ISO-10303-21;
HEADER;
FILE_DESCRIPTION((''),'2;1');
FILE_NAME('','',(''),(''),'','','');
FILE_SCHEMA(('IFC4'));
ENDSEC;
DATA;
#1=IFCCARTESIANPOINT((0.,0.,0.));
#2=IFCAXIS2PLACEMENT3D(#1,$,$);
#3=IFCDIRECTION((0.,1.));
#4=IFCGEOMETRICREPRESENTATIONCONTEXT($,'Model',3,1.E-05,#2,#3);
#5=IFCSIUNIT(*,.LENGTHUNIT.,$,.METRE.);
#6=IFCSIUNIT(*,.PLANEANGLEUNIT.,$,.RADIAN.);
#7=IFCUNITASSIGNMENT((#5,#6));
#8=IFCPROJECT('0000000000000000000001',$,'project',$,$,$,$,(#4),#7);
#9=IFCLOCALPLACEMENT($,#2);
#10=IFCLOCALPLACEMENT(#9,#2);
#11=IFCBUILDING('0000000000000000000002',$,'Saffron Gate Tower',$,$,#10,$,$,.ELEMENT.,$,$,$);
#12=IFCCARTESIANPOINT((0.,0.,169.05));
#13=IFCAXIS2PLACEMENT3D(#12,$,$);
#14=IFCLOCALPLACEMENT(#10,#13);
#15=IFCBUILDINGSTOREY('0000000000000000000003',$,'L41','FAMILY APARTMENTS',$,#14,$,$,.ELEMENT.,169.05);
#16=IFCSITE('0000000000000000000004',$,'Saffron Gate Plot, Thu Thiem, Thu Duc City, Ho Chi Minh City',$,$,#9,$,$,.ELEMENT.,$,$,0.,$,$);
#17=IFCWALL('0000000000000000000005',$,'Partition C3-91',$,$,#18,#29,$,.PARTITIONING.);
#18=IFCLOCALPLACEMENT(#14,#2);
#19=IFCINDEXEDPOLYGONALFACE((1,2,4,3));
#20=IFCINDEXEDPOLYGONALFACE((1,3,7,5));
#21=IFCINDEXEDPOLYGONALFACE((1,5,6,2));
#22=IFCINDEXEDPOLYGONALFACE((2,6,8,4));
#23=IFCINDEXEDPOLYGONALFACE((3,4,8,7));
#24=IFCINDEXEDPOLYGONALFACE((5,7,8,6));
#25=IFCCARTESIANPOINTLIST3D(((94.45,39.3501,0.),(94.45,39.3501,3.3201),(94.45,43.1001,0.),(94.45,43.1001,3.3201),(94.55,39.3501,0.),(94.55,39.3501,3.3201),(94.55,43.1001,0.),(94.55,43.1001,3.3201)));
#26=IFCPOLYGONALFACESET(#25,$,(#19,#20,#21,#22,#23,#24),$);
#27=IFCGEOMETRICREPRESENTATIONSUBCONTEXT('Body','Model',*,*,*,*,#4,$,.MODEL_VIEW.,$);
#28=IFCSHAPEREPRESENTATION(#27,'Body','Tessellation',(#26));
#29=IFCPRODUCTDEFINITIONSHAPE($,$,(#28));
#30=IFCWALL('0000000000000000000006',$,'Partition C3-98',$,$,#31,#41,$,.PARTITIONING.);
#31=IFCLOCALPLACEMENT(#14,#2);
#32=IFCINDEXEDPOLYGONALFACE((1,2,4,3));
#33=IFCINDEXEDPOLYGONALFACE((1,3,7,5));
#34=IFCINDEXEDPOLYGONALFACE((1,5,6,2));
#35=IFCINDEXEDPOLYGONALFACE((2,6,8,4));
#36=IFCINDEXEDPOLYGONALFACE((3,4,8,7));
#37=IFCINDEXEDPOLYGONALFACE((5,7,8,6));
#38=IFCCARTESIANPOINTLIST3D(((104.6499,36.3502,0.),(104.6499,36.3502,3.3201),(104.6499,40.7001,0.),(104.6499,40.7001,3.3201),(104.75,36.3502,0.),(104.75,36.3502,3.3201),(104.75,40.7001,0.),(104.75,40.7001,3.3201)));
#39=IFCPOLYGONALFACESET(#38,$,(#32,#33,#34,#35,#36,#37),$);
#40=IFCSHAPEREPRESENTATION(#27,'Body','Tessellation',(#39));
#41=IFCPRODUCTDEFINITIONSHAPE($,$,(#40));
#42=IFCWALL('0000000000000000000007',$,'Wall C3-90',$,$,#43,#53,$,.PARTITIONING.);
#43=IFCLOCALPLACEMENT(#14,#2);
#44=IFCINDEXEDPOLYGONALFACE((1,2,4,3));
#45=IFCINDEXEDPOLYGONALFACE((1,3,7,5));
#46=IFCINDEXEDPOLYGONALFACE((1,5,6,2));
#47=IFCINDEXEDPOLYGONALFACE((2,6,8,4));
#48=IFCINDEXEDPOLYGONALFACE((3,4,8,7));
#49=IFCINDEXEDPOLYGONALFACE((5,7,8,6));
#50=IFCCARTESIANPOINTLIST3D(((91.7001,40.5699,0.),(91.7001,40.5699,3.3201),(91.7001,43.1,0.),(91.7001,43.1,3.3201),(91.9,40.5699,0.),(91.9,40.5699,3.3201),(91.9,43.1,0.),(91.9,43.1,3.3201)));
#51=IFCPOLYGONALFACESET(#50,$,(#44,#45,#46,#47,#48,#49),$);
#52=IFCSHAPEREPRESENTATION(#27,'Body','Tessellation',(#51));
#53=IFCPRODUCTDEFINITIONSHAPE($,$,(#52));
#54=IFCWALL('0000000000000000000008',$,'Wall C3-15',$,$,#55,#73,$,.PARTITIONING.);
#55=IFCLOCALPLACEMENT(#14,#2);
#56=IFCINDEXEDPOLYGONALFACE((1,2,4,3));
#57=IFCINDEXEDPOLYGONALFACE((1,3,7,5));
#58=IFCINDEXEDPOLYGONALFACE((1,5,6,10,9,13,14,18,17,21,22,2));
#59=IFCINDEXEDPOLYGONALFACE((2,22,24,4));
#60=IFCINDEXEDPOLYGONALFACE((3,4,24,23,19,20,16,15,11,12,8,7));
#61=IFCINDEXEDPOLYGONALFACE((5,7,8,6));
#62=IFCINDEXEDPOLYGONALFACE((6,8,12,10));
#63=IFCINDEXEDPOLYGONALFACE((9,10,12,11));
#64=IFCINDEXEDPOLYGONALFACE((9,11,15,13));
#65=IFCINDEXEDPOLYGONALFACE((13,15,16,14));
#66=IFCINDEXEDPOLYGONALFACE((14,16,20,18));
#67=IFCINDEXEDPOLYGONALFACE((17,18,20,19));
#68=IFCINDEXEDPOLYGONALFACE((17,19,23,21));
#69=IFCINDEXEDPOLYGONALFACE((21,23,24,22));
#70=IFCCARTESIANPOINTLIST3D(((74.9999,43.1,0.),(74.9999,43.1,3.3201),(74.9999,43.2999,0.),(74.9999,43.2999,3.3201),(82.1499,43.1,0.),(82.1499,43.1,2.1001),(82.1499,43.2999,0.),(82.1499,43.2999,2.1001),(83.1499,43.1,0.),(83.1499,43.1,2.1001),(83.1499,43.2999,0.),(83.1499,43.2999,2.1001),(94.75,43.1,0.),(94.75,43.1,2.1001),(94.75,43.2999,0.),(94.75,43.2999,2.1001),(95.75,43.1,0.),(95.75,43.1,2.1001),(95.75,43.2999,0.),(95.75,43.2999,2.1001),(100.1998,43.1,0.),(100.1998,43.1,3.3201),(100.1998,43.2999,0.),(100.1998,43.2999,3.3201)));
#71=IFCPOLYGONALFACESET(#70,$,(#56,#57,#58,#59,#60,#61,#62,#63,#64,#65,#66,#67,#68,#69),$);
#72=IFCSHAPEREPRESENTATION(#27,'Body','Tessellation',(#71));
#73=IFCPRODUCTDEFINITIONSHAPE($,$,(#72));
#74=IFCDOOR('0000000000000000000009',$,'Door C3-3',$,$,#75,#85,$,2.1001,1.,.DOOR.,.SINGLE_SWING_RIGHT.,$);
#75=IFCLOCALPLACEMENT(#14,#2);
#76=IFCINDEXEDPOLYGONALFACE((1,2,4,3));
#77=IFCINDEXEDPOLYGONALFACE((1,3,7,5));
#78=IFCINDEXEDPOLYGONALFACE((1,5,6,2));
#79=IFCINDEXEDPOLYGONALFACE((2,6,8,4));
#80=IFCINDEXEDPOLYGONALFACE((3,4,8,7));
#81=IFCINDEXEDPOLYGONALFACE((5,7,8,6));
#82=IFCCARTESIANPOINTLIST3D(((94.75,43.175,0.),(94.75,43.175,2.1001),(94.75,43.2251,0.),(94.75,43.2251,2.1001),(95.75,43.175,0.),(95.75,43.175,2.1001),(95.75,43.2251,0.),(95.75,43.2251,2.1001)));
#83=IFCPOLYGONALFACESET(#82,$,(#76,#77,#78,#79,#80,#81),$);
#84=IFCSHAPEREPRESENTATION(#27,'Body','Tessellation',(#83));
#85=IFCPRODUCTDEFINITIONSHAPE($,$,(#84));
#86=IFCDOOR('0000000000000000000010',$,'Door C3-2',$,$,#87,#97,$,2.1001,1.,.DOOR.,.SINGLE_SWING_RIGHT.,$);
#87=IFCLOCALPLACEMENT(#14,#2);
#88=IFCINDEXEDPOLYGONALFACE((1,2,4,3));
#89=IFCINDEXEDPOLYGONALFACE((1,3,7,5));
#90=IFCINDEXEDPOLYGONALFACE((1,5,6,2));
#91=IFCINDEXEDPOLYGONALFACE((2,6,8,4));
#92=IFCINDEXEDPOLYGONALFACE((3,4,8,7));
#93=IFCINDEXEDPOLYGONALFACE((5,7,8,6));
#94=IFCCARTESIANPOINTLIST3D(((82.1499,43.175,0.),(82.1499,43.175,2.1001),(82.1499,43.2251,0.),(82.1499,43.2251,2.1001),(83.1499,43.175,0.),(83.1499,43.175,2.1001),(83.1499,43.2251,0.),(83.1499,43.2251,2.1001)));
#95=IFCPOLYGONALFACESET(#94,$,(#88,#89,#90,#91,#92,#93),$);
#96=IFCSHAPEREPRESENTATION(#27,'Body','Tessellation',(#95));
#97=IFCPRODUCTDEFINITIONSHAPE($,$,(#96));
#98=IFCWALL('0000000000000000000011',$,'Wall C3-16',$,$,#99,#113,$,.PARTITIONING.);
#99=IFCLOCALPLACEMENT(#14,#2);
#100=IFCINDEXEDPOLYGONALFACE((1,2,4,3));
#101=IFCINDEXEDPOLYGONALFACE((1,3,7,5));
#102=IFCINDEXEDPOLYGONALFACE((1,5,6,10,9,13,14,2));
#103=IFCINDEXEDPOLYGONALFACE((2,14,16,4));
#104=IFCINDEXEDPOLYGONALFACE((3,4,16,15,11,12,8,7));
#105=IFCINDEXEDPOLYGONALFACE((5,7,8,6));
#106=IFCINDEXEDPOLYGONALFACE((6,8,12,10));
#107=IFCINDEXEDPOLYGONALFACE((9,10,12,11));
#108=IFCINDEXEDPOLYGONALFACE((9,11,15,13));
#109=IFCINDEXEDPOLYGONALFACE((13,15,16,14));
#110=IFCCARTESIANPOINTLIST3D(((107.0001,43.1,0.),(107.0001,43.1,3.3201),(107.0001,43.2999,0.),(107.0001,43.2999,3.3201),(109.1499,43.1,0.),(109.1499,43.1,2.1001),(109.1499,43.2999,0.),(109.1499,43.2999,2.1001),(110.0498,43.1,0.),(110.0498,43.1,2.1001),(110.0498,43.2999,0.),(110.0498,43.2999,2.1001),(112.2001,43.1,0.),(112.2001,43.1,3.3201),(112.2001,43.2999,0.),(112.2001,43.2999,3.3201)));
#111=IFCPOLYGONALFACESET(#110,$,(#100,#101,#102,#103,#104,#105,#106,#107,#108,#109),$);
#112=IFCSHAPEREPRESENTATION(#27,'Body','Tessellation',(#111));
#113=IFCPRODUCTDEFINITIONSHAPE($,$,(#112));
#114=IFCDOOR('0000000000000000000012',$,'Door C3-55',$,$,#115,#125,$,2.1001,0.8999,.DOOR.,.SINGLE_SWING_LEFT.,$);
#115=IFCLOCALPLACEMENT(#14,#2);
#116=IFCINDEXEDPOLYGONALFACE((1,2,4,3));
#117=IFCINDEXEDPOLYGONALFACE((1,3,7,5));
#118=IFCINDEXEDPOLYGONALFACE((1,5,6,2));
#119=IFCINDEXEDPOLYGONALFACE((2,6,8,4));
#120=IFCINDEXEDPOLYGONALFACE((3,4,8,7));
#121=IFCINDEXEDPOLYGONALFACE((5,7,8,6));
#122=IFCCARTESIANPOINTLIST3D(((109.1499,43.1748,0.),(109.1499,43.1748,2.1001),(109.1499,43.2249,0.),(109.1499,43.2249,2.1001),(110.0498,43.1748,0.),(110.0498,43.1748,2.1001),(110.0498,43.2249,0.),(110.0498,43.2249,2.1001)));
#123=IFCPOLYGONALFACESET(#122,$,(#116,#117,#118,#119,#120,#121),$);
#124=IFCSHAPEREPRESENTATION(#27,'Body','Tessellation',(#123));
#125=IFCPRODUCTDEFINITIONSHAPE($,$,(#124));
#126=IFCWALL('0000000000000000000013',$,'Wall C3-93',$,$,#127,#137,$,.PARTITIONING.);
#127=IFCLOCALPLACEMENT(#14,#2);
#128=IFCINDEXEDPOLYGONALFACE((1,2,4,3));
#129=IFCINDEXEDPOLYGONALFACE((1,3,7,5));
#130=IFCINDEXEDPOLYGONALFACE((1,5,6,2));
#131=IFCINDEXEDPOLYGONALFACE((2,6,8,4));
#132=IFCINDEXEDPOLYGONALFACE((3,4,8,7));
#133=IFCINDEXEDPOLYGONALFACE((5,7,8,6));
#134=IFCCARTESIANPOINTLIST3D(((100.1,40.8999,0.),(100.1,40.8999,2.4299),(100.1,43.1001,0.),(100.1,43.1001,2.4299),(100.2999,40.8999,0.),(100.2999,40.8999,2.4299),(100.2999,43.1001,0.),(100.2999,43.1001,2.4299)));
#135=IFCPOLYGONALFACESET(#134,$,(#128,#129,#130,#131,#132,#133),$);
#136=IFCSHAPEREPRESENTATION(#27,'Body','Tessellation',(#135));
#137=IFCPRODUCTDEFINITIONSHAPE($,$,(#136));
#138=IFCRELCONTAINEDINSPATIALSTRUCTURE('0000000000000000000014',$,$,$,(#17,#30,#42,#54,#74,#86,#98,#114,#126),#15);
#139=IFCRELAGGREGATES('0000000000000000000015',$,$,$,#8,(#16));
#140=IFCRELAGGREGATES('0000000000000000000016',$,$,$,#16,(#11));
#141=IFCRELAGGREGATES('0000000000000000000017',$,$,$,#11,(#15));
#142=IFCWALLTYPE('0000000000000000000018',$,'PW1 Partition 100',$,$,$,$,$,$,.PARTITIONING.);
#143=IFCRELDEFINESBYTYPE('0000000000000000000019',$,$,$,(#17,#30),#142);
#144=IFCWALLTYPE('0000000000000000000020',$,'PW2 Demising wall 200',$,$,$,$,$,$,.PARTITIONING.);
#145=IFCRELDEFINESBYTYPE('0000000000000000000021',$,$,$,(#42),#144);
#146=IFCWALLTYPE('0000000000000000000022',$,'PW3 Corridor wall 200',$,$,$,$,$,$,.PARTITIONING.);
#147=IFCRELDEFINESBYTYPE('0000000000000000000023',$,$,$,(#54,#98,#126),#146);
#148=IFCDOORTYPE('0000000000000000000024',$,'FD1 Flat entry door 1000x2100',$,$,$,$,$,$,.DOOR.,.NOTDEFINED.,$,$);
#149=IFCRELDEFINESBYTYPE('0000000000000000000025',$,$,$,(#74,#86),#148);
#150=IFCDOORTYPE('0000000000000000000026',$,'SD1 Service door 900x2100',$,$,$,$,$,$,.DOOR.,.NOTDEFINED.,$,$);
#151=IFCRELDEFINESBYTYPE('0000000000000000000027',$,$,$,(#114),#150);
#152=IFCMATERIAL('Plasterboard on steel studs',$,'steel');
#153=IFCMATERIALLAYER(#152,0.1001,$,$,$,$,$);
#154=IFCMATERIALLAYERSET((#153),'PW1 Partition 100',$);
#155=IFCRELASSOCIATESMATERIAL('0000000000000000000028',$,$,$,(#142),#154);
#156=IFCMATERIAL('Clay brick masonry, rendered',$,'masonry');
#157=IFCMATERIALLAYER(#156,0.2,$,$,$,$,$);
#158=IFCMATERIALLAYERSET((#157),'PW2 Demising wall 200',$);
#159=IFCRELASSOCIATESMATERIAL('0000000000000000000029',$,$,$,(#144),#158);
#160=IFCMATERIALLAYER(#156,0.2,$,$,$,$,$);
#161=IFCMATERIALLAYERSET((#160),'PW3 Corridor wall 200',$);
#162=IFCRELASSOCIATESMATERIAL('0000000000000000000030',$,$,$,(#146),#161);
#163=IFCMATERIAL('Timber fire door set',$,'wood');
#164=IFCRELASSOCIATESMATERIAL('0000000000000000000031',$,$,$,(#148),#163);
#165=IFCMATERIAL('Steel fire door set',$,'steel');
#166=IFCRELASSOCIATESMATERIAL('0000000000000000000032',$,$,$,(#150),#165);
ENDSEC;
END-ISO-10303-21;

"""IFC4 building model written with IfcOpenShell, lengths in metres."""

from ifc_helpers import new_model, si_unit, direction, frame, frame_2d, origin, place, context, subcontext, project, spatial, rectangle, extrude, material, layer, layer_set, type_object, element, fill, save


model = new_model("IFC4")

# Units and contexts
model_context = context("Model", 3, precision=1e-05, world=origin(), true_north=direction((0.0, 1.0)))
body_context = subcontext(model_context, "Body", "Model", "MODEL_VIEW")
ifc_project = project(units=[si_unit("LENGTHUNIT", "METRE"), si_unit("PLANEANGLEUNIT", "RADIAN")], contexts=[model_context])

# Site, building, storey
site_placement = place(None, origin())
site = spatial("IfcSite", under=ifc_project, at=site_placement, Name="Saffron Gate Plot, Thu Thiem, Thu Duc City, Ho Chi Minh City", CompositionType="ELEMENT", RefElevation=0.0)
building_placement = place(site_placement, origin())
building = spatial("IfcBuilding", under=site, at=building_placement, Name="Saffron Gate Tower", CompositionType="ELEMENT")
storey_placement = place(building_placement, frame((0.0, 0.0, 169.05)))
storey = spatial("IfcBuildingStorey", under=building, at=storey_placement, Name="L41", Description="FAMILY APARTMENTS", CompositionType="ELEMENT", Elevation=169.05)

# Shared definitions
ifc_material_1 = material(Name="Steel fire door set", Category="steel")

# Walls
ifc_material_2 = material(Name="Plasterboard on steel studs", Category="steel")
ifc_layer_1 = layer(ifc_material_2, 0.1001)
ifc_layer_set_1 = layer_set([ifc_layer_1], Name="PW1 Partition 100")
wall_type_1 = type_object("IfcWallType", Name="PW1 Partition 100", PredefinedType="PARTITIONING", material=ifc_layer_set_1)
wall_1_placement = place(storey_placement, frame((94.5, 43.1001, 0.0), z_axis=(0.0, 0.0, 1.0), x_axis=(0.0, -1.0, 0.0)))
element("IfcWall", 1, at=wall_1_placement, inside=storey, type_object=wall_type_1, Name="Partition C3-91", PredefinedType="PARTITIONING", context=body_context, shape_type="SweptSolid", body=[
    extrude(rectangle(XDim=3.75, YDim=0.1001, at=frame_2d((1.875, 0.0))), origin(), (0.0, 0.0, 1.0), 3.3201),
])
wall_2_placement = place(storey_placement, frame((104.7, 40.7, 0.0), z_axis=(0.0, 0.0, 1.0), x_axis=(0.0, -1.0, 0.0)))
element("IfcWall", 2, at=wall_2_placement, inside=storey, type_object=wall_type_1, Name="Partition C3-98", PredefinedType="PARTITIONING", context=body_context, shape_type="SweptSolid", body=[
    extrude(rectangle(XDim=4.3499, YDim=0.1001, at=frame_2d((2.1748, 0.0))), origin(), (0.0, 0.0, 1.0), 3.3201),
])
ifc_material_3 = material(Name="Clay brick masonry, rendered", Category="masonry")
ifc_layer_2 = layer(ifc_material_3, 0.2)
ifc_layer_set_2 = layer_set([ifc_layer_2], Name="PW2 Demising wall 200")
wall_type_2 = type_object("IfcWallType", Name="PW2 Demising wall 200", PredefinedType="PARTITIONING", material=ifc_layer_set_2)
wall_3_placement = place(storey_placement, frame((91.8, 43.1001, 0.0), z_axis=(0.0, 0.0, 1.0), x_axis=(0.0, -1.0, 0.0)))
element("IfcWall", 3, at=wall_3_placement, inside=storey, type_object=wall_type_2, Name="Wall C3-90", PredefinedType="PARTITIONING", context=body_context, shape_type="SweptSolid", body=[
    extrude(rectangle(XDim=2.53, YDim=0.2, at=frame_2d((1.2651, 0.0))), origin(), (0.0, 0.0, 1.0), 3.3201),
])

# Wall, openings, doors
ifc_layer_3 = layer(ifc_material_3, 0.2)
ifc_layer_set_3 = layer_set([ifc_layer_3], Name="PW3 Corridor wall 200")
wall_type_3 = type_object("IfcWallType", Name="PW3 Corridor wall 200", PredefinedType="PARTITIONING", material=ifc_layer_set_3)
wall_4_placement = place(storey_placement, frame((100.2, 43.2, 0.0), z_axis=(0.0, 0.0, 1.0), x_axis=(-1.0, 0.0, 0.0)))
wall_4 = element("IfcWall", 4, at=wall_4_placement, inside=storey, type_object=wall_type_3, Name="Wall C3-15", PredefinedType="PARTITIONING", context=body_context, shape_type="SweptSolid", body=[
    extrude(rectangle(XDim=25.2, YDim=0.2, at=frame_2d((12.6001, 0.0))), origin(), (0.0, 0.0, 1.0), 3.3201),
])
opening_1_placement = place(wall_4_placement, frame((4.45, 0.0, 0.0)))
opening_1 = element("IfcOpeningElement", 5, at=opening_1_placement, cuts=wall_4, PredefinedType="OPENING", context=body_context, shape_type="SweptSolid", body=[
    extrude(rectangle(XDim=1.0, YDim=2.1001, at=frame_2d((0.5, 1.05))), frame((0.0, 0.1099, 0.0), z_axis=(0.0, -1.0, 0.0), x_axis=(1.0, 0.0, 0.0)), (0.0, 0.0, 1.0), 0.22),
])
opening_2_placement = place(wall_4_placement, frame((17.05, 0.0, 0.0)))
opening_2 = element("IfcOpeningElement", 6, at=opening_2_placement, cuts=wall_4, PredefinedType="OPENING", context=body_context, shape_type="SweptSolid", body=[
    extrude(rectangle(XDim=1.0, YDim=2.1001, at=frame_2d((0.5, 1.05))), frame((0.0, 0.1099, 0.0), z_axis=(0.0, -1.0, 0.0), x_axis=(1.0, 0.0, 0.0)), (0.0, 0.0, 1.0), 0.22),
])
ifc_material_4 = material(Name="Timber fire door set", Category="wood")
door_type_1 = type_object("IfcDoorType", Name="FD1 Flat entry door 1000x2100", OperationType="NOTDEFINED", PredefinedType="DOOR", material=ifc_material_4)
door_1_placement = place(opening_1_placement, origin())
door_1 = element("IfcDoor", 7, at=door_1_placement, inside=storey, type_object=door_type_1, Name="Door C3-3", OperationType="SINGLE_SWING_RIGHT", OverallHeight=2.1001, OverallWidth=1.0, PredefinedType="DOOR", context=body_context, shape_type="SweptSolid", body=[
    extrude(rectangle(XDim=1.0, YDim=2.1001, at=frame_2d((0.5, 1.05))), frame((0.0, 0.0249, 0.0), z_axis=(0.0, -1.0, 0.0), x_axis=(1.0, 0.0, 0.0)), (0.0, 0.0, 1.0), 0.05),
])
fill(opening_1, door_1)
door_2_placement = place(opening_2_placement, origin())
door_2 = element("IfcDoor", 8, at=door_2_placement, inside=storey, type_object=door_type_1, Name="Door C3-2", OperationType="SINGLE_SWING_RIGHT", OverallHeight=2.1001, OverallWidth=1.0, PredefinedType="DOOR", context=body_context, shape_type="SweptSolid", body=[
    extrude(rectangle(XDim=1.0, YDim=2.1001, at=frame_2d((0.5, 1.05))), frame((0.0, 0.0249, 0.0), z_axis=(0.0, -1.0, 0.0), x_axis=(1.0, 0.0, 0.0)), (0.0, 0.0, 1.0), 0.05),
])
fill(opening_2, door_2)

# Wall, opening, door
wall_5_placement = place(storey_placement, frame((107.0, 43.2, 0.0), z_axis=(0.0, 0.0, 1.0), x_axis=(1.0, 0.0, 0.0)))
wall_5 = element("IfcWall", 9, at=wall_5_placement, inside=storey, type_object=wall_type_3, Name="Wall C3-16", PredefinedType="PARTITIONING", context=body_context, shape_type="SweptSolid", body=[
    extrude(rectangle(XDim=5.2, YDim=0.2, at=frame_2d((2.6001, 0.0))), origin(), (0.0, 0.0, 1.0), 3.3201),
])
opening_3_placement = place(wall_5_placement, frame((2.1499, 0.0, 0.0)))
opening_3 = element("IfcOpeningElement", 10, at=opening_3_placement, cuts=wall_5, PredefinedType="OPENING", context=body_context, shape_type="SweptSolid", body=[
    extrude(rectangle(XDim=0.8999, YDim=2.1001, at=frame_2d((0.45, 1.05))), frame((0.0, 0.1099, 0.0), z_axis=(0.0, -1.0, 0.0), x_axis=(1.0, 0.0, 0.0)), (0.0, 0.0, 1.0), 0.22),
])
door_type_2 = type_object("IfcDoorType", Name="SD1 Service door 900x2100", OperationType="NOTDEFINED", PredefinedType="DOOR", material=ifc_material_1)
door_3_placement = place(opening_3_placement, origin())
door_3 = element("IfcDoor", 11, at=door_3_placement, inside=storey, type_object=door_type_2, Name="Door C3-55", OperationType="SINGLE_SWING_LEFT", OverallHeight=2.1001, OverallWidth=0.8999, PredefinedType="DOOR", context=body_context, shape_type="SweptSolid", body=[
    extrude(rectangle(XDim=0.8999, YDim=2.1001, at=frame_2d((0.45, 1.05))), frame((0.0, 0.0249, 0.0), z_axis=(0.0, -1.0, 0.0), x_axis=(1.0, 0.0, 0.0)), (0.0, 0.0, 1.0), 0.05),
])
fill(opening_3, door_3)

# Wall
wall_6_placement = place(storey_placement, frame((100.2, 43.1001, 0.0), z_axis=(0.0, 0.0, 1.0), x_axis=(0.0, -1.0, 0.0)))
element("IfcWall", 12, at=wall_6_placement, inside=storey, type_object=wall_type_3, Name="Wall C3-93", PredefinedType="PARTITIONING", context=body_context, shape_type="SweptSolid", body=[
    extrude(rectangle(XDim=2.2002, YDim=0.2, at=frame_2d((1.1001, 0.0))), origin(), (0.0, 0.0, 1.0), 2.4299),
])

save(model, "model.ifc")
